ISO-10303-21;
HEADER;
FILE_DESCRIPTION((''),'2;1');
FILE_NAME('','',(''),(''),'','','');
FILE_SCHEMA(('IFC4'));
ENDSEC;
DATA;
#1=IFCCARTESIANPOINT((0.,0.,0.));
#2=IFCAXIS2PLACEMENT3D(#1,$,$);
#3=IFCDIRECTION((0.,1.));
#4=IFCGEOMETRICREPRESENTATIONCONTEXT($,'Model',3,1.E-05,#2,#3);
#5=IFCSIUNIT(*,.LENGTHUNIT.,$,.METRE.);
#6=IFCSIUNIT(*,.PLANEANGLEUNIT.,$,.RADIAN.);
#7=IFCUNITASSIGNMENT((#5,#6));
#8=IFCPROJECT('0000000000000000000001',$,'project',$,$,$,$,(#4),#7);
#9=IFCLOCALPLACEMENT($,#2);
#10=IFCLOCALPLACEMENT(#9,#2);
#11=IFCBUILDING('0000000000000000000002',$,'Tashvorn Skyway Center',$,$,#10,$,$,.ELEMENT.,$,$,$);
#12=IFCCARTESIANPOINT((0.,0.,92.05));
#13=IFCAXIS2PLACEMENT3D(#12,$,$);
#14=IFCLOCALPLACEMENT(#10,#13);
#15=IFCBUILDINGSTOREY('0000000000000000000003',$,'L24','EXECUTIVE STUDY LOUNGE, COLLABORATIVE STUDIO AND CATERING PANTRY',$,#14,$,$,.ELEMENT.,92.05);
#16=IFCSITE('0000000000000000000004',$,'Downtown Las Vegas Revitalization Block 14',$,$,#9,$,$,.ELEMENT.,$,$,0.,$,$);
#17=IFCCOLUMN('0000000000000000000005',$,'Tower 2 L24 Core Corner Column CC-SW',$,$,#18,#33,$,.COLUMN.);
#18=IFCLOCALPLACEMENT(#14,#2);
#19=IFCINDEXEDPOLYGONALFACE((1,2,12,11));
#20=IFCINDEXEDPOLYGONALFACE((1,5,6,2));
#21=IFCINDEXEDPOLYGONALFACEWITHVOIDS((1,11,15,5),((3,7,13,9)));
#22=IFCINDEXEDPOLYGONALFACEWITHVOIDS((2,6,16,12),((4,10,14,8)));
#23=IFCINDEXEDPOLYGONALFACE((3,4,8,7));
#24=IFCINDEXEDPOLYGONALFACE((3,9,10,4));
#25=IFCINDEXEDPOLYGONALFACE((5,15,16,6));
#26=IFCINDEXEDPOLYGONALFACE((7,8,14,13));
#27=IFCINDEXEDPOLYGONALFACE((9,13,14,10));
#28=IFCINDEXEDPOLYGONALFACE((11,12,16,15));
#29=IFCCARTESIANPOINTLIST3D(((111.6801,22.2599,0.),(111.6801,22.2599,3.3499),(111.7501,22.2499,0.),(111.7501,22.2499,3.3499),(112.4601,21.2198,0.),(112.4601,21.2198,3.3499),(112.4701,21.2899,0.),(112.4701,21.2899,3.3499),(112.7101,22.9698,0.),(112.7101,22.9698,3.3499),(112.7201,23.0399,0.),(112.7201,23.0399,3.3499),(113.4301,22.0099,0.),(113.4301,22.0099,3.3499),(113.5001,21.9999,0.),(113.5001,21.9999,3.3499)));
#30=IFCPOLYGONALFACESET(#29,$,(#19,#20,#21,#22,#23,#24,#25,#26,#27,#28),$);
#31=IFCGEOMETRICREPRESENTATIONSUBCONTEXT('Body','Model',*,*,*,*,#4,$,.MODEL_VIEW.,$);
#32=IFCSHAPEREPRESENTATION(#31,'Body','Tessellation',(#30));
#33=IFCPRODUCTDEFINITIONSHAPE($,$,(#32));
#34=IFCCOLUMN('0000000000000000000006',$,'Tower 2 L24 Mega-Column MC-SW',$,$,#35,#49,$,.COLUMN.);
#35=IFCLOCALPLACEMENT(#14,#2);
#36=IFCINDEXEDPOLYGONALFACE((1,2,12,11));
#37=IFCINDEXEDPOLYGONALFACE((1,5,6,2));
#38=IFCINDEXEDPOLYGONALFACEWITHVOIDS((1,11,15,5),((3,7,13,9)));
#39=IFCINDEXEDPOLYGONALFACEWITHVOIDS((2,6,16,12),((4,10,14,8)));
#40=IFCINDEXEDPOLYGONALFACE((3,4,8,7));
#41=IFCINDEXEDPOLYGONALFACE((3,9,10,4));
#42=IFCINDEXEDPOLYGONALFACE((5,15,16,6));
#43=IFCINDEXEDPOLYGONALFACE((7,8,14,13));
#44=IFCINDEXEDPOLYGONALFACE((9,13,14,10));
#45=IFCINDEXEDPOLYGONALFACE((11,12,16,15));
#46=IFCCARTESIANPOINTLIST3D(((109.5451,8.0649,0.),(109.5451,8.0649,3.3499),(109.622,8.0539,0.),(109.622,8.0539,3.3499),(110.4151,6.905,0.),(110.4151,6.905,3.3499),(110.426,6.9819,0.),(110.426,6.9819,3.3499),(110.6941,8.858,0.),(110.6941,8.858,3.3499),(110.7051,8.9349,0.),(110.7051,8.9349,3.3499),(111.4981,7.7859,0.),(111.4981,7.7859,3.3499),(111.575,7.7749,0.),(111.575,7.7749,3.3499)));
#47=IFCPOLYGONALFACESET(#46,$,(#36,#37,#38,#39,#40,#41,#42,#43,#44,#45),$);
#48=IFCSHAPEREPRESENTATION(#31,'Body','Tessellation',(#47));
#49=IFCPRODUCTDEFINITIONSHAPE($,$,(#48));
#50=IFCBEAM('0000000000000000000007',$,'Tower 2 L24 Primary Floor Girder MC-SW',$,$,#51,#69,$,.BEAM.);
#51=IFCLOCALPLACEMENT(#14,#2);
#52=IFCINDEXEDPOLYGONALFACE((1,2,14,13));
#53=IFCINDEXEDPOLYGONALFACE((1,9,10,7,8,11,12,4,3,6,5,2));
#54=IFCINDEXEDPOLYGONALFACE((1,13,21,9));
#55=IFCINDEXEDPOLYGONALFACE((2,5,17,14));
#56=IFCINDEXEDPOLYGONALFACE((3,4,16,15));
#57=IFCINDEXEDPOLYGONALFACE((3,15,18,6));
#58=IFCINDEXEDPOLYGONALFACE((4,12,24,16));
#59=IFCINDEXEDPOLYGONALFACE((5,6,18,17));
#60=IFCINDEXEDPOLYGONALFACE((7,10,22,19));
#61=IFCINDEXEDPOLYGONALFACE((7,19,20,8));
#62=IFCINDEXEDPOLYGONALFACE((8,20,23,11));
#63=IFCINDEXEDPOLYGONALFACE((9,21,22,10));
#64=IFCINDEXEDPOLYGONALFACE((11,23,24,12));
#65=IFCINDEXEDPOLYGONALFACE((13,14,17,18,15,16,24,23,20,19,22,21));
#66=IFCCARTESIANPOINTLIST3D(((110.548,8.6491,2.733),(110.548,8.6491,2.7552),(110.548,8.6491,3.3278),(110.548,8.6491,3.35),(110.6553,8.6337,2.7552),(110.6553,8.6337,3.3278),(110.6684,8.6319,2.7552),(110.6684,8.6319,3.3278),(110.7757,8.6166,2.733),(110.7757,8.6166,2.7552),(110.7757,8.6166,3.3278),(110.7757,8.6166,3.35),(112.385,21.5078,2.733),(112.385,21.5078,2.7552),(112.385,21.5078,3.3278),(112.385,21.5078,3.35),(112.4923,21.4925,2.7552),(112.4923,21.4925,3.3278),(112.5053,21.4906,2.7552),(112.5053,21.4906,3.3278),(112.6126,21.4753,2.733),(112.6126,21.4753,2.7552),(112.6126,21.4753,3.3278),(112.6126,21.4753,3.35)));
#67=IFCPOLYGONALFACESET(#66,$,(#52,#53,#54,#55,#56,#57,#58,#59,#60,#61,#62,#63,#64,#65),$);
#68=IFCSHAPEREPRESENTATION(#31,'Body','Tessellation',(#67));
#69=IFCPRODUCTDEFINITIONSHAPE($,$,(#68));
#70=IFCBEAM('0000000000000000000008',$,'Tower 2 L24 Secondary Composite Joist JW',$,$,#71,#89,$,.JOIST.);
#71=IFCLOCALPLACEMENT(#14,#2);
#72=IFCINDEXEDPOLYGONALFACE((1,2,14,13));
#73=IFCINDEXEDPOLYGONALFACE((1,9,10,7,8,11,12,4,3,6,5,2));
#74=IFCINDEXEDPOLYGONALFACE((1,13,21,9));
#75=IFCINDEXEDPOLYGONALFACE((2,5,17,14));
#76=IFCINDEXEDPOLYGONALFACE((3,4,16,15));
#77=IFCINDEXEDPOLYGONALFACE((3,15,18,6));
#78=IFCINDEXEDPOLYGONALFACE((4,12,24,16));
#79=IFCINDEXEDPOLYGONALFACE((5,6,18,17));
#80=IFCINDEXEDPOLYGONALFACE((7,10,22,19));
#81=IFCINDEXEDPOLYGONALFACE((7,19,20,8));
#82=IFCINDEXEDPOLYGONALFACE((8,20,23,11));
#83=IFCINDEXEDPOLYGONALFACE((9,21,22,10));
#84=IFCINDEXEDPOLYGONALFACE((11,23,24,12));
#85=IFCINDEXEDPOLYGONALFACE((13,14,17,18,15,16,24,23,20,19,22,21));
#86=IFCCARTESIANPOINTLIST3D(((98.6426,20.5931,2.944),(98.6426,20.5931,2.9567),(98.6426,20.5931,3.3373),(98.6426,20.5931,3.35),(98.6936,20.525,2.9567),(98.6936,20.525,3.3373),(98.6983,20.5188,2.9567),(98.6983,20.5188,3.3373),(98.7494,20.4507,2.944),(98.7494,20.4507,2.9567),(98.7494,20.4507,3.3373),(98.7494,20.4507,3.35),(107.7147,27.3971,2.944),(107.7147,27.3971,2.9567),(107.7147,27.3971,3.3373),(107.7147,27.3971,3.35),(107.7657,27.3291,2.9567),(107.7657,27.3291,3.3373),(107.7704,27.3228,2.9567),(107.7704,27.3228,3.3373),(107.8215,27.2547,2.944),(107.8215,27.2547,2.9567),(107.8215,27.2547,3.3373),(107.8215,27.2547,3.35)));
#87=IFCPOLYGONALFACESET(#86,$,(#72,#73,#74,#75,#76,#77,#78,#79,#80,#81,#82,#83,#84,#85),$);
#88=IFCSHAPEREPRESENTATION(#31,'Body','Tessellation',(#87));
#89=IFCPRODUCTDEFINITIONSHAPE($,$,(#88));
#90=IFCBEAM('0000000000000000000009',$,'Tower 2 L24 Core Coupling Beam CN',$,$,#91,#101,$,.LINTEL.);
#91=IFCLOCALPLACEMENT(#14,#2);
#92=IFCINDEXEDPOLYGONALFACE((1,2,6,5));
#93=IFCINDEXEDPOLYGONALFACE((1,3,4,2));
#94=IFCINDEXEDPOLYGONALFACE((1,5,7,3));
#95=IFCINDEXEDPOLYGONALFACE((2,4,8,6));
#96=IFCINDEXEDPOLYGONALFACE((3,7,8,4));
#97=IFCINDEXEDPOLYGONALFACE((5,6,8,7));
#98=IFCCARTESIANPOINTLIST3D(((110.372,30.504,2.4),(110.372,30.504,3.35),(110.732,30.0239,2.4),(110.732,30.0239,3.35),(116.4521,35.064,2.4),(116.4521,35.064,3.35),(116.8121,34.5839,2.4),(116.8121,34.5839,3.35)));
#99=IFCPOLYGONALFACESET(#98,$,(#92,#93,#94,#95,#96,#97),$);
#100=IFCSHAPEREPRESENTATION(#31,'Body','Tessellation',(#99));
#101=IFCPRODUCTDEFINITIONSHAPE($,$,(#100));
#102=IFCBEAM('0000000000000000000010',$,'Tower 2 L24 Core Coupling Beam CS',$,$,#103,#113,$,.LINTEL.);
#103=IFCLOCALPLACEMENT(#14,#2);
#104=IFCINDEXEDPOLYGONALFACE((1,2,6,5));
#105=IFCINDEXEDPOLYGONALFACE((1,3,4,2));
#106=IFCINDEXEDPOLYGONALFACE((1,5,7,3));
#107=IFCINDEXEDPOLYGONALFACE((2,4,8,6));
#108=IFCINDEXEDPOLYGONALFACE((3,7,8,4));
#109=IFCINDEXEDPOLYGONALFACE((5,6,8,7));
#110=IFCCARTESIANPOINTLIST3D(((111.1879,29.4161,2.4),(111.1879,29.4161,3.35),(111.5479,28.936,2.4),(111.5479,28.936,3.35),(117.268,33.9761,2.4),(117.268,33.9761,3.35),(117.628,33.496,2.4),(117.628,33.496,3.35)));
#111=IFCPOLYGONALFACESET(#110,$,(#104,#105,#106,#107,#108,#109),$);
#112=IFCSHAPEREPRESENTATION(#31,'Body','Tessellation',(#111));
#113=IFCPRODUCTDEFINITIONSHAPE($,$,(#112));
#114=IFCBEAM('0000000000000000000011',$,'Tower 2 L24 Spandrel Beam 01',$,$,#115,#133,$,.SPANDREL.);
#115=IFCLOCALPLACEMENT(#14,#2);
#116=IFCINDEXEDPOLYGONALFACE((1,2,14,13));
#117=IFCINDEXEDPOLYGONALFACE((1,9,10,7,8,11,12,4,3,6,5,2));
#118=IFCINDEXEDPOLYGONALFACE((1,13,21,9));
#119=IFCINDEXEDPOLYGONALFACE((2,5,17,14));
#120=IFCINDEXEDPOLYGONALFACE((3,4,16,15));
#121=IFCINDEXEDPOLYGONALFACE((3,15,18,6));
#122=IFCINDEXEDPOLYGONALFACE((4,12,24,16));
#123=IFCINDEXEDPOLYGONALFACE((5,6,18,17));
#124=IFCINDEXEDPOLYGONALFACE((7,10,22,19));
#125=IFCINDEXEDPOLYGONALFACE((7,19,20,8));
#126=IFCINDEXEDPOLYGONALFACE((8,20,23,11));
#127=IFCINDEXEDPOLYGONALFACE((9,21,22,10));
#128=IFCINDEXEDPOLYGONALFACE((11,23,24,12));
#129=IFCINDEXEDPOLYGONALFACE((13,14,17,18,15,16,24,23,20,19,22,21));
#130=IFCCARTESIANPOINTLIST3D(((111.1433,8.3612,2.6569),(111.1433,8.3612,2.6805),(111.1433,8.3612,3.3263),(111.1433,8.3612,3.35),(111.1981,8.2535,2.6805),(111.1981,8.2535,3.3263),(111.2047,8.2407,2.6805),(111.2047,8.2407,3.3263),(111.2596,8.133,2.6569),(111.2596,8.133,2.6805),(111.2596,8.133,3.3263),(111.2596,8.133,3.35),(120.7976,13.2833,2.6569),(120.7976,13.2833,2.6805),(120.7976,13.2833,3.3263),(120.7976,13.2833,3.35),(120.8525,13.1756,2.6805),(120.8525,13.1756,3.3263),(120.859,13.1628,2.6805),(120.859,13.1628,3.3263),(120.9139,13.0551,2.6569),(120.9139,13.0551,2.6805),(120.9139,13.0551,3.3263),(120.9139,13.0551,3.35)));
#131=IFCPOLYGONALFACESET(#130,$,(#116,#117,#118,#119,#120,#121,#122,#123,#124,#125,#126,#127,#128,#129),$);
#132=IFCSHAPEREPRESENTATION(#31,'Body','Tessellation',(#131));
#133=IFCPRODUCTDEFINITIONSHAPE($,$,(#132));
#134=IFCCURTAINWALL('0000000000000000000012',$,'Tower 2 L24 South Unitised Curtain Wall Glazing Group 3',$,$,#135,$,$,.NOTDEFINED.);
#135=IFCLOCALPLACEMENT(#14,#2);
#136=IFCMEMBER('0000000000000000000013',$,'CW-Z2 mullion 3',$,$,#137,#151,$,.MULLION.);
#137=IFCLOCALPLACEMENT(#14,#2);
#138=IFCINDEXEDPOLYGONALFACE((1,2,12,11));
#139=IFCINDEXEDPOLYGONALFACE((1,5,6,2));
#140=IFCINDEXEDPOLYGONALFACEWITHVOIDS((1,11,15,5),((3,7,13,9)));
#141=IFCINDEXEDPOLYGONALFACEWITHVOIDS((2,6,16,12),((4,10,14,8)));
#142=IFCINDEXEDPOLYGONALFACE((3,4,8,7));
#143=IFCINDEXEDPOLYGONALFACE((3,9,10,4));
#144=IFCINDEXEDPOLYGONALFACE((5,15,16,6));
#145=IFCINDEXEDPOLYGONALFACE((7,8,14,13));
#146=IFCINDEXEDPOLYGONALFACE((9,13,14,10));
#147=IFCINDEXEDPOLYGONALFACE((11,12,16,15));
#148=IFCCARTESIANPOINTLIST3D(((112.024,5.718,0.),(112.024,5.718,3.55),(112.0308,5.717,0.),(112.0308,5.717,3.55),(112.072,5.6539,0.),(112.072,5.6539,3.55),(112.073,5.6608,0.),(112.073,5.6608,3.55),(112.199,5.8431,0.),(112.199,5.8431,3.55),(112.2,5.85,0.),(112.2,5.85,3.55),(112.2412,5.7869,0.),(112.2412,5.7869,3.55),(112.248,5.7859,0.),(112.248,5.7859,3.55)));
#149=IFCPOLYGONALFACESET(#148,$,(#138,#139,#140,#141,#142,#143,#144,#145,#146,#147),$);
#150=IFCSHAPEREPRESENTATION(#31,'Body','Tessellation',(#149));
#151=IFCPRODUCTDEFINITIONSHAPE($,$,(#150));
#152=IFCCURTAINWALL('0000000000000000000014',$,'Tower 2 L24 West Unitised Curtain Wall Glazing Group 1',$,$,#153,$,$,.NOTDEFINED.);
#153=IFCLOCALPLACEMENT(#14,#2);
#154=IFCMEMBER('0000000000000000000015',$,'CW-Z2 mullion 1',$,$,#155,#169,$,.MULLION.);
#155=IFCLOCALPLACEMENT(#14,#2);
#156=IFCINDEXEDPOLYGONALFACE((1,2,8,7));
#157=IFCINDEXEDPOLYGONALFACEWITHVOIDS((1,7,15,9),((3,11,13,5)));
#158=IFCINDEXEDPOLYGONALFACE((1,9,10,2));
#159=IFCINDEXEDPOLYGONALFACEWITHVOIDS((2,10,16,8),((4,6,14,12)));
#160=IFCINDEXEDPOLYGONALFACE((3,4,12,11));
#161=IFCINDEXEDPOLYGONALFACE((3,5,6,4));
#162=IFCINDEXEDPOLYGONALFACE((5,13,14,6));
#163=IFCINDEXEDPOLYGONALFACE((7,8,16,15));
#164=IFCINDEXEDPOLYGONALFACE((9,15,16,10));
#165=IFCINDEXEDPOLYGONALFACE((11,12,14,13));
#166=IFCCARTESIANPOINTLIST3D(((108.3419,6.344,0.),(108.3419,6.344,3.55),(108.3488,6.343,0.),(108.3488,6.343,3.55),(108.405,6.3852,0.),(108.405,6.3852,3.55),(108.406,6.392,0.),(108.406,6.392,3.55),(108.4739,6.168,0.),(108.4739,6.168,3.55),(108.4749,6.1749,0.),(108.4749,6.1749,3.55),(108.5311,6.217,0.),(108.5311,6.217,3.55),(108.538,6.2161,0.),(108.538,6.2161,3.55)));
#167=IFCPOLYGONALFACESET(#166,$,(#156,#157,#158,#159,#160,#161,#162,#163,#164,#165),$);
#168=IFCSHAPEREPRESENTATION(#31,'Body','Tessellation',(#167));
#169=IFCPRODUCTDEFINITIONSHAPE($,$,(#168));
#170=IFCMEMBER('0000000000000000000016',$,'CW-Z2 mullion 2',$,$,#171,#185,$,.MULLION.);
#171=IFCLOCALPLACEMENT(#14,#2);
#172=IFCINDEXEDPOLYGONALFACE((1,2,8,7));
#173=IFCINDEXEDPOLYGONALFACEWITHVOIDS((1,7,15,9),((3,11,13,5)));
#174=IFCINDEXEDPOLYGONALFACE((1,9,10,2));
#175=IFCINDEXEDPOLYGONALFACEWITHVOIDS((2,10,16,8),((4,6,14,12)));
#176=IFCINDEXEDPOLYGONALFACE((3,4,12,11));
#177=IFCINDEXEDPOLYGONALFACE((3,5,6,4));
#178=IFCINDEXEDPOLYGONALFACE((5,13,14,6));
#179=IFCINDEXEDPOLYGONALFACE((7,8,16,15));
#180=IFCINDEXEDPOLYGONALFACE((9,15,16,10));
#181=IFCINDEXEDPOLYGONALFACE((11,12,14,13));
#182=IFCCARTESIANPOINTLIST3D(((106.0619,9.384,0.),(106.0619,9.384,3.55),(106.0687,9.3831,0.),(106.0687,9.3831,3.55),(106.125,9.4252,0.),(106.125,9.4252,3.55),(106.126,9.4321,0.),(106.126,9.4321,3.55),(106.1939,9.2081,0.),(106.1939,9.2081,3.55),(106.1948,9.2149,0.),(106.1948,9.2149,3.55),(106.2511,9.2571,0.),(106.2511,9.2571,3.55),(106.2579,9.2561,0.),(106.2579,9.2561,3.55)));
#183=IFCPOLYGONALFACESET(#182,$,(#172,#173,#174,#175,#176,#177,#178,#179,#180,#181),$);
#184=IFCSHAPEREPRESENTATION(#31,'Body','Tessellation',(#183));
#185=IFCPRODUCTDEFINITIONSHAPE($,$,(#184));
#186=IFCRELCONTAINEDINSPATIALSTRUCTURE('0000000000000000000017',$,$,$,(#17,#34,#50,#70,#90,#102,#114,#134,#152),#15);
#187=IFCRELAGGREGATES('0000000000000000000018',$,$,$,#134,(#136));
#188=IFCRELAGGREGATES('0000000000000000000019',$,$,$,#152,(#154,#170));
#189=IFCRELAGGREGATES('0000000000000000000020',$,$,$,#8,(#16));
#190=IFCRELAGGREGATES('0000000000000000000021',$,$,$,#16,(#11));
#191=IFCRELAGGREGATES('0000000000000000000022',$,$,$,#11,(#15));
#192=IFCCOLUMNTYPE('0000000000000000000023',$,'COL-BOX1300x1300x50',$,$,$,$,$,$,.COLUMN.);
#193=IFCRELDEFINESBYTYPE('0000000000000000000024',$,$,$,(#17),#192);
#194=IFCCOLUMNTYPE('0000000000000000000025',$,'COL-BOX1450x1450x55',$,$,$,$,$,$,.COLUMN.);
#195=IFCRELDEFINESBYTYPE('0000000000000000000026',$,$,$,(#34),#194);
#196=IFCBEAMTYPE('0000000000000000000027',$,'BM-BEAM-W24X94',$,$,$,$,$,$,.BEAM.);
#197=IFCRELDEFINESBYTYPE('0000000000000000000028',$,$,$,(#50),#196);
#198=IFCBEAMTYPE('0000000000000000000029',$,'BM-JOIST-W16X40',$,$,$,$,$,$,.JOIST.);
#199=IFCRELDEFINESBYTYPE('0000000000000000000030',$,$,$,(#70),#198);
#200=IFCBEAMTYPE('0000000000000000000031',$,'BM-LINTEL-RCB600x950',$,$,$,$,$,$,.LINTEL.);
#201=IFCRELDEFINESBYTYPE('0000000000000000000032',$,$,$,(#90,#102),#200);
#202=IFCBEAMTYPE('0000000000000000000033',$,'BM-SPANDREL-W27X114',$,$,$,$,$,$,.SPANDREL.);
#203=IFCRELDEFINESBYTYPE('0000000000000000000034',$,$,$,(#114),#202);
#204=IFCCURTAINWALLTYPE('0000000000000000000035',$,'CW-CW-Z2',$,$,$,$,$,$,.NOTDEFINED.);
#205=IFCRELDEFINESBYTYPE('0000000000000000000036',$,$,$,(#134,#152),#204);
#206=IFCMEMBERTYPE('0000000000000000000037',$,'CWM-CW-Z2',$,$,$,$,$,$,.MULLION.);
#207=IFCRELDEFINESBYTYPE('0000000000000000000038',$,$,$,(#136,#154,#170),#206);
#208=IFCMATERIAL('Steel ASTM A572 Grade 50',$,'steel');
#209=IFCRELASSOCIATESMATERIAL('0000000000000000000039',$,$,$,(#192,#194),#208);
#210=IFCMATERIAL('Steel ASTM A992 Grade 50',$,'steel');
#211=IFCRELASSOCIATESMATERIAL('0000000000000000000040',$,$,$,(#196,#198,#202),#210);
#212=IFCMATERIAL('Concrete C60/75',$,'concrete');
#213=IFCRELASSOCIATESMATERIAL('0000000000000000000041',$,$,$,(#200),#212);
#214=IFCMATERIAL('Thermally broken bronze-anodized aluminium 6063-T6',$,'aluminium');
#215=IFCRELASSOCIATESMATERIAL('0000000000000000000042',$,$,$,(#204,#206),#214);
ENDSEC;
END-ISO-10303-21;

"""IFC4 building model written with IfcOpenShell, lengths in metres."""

from ifc_helpers import new_model, si_unit, direction, frame, origin, origin_2d, place, context, subcontext, project, spatial, rectangle, hollow_rectangle, i_section, extrude, material, material_profile, profile_set, type_object, element, aggregate, save


model = new_model("IFC4")

# Units and contexts
model_context = context("Model", 3, precision=1e-05, world=origin(), true_north=direction((0.0, 1.0)))
body_context = subcontext(model_context, "Body", "Model", "MODEL_VIEW")
ifc_project = project(units=[si_unit("LENGTHUNIT", "METRE"), si_unit("PLANEANGLEUNIT", "RADIAN")], contexts=[model_context])

# Site, building, storey
site_placement = place(None, origin())
site = spatial("IfcSite", under=ifc_project, at=site_placement, Name="Downtown Las Vegas Revitalization Block 14", CompositionType="ELEMENT", RefElevation=0.0)
building_placement = place(site_placement, origin())
building = spatial("IfcBuilding", under=site, at=building_placement, Name="Tashvorn Skyway Center", CompositionType="ELEMENT")
storey_placement = place(building_placement, frame((0.0, 0.0, 92.05)))
storey = spatial("IfcBuildingStorey", under=building, at=storey_placement, Name="L24", Description="EXECUTIVE STUDY LOUNGE, COLLABORATIVE STUDIO AND CATERING PANTRY", CompositionType="ELEMENT", Elevation=92.05)

# Columns
ifc_material_1 = material(Name="Steel ASTM A572 Grade 50", Category="steel")
ifc_material_profile_1 = material_profile(ifc_material_1, hollow_rectangle(XDim=1.3, YDim=1.3, WallThickness=0.05, at=origin_2d()), Name="BOX1300x1300x50")
ifc_profile_set_1 = profile_set([ifc_material_profile_1], Name="Steel ASTM A572 Grade 50")
column_type_1 = type_object("IfcColumnType", Name="COL-BOX1300x1300x50", PredefinedType="COLUMN", material=ifc_profile_set_1)
column_1_placement = place(storey_placement, frame((112.5901, 22.1299, 0.0), z_axis=(0.0, 0.0, 1.0), x_axis=(0.8, 0.6, 0.0)))
element("IfcColumn", 1, at=column_1_placement, inside=storey, type_object=column_type_1, Name="Tower 2 L24 Core Corner Column CC-SW", PredefinedType="COLUMN", context=body_context, shape_type="SweptSolid", body=[
    extrude(hollow_rectangle(XDim=1.3, YDim=1.3, WallThickness=0.05, at=origin_2d()), origin(), (0.0, 0.0, 1.0), 3.3499),
])
ifc_material_profile_2 = material_profile(ifc_material_1, hollow_rectangle(XDim=1.45, YDim=1.45, WallThickness=0.0549, at=origin_2d()), Name="BOX1450x1450x55")
ifc_profile_set_2 = profile_set([ifc_material_profile_2], Name="Steel ASTM A572 Grade 50")
column_type_2 = type_object("IfcColumnType", Name="COL-BOX1450x1450x55", PredefinedType="COLUMN", material=ifc_profile_set_2)
column_2_placement = place(storey_placement, frame((110.5601, 7.9199, 0.0), z_axis=(0.0, 0.0, 1.0), x_axis=(0.8, 0.6, 0.0)))
element("IfcColumn", 2, at=column_2_placement, inside=storey, type_object=column_type_2, Name="Tower 2 L24 Mega-Column MC-SW", PredefinedType="COLUMN", context=body_context, shape_type="SweptSolid", body=[
    extrude(hollow_rectangle(XDim=1.45, YDim=1.45, WallThickness=0.0549, at=origin_2d()), origin(), (0.0, 0.0, 1.0), 3.3499),
])

# Beams
ifc_material_2 = material(Name="Steel ASTM A992 Grade 50", Category="steel")
ifc_material_profile_3 = material_profile(ifc_material_2, i_section(OverallWidth=0.23, OverallDepth=0.6169, WebThickness=0.0132, FlangeThickness=0.0222, at=origin_2d()), Name="W24X94")
ifc_profile_set_3 = profile_set([ifc_material_profile_3], Name="Steel ASTM A992 Grade 50")
beam_type_1 = type_object("IfcBeamType", Name="BM-BEAM-W24X94", PredefinedType="BEAM", material=ifc_profile_set_3)
beam_1_placement = place(storey_placement, frame((110.6619, 8.6328, 3.0415), z_axis=(0.141419, 0.98995, 0.0), x_axis=(-0.98995, 0.141419, 0.0)))
element("IfcBeam", 3, at=beam_1_placement, inside=storey, type_object=beam_type_1, Name="Tower 2 L24 Primary Floor Girder MC-SW", PredefinedType="BEAM", context=body_context, shape_type="SweptSolid", body=[
    extrude(i_section(OverallWidth=0.23, OverallDepth=0.6169, WebThickness=0.0132, FlangeThickness=0.0222, at=origin_2d()), origin(), (0.0, 0.0, 1.0), 12.9893),
])
ifc_material_profile_4 = material_profile(ifc_material_2, i_section(OverallWidth=0.178, OverallDepth=0.406, WebThickness=0.0078, FlangeThickness=0.0127, at=origin_2d()), Name="W16X40")
ifc_profile_set_4 = profile_set([ifc_material_profile_4], Name="Steel ASTM A992 Grade 50")
beam_type_2 = type_object("IfcBeamType", Name="BM-JOIST-W16X40", PredefinedType="JOIST", material=ifc_profile_set_4)
beam_2_placement = place(storey_placement, frame((107.7681, 27.3259, 3.147), z_axis=(-0.800003, -0.599997, 0.0), x_axis=(0.599997, -0.800003, 0.0)))
element("IfcBeam", 4, at=beam_2_placement, inside=storey, type_object=beam_type_2, Name="Tower 2 L24 Secondary Composite Joist JW", PredefinedType="JOIST", context=body_context, shape_type="SweptSolid", body=[
    extrude(i_section(OverallWidth=0.178, OverallDepth=0.406, WebThickness=0.0078, FlangeThickness=0.0127, at=origin_2d()), origin(), (0.0, 0.0, 1.0), 11.3401),
])
ifc_material_3 = material(Name="Concrete C60/75", Category="concrete")
ifc_material_profile_5 = material_profile(ifc_material_3, rectangle(XDim=0.6001, YDim=0.95, at=origin_2d()), Name="RCB600x950")
ifc_profile_set_5 = profile_set([ifc_material_profile_5], Name="Concrete C60/75")
beam_type_3 = type_object("IfcBeamType", Name="BM-LINTEL-RCB600x950", PredefinedType="LINTEL", material=ifc_profile_set_5)
for number, where, z_axis, x_axis, name in (
    (5, (110.552, 30.2639, 2.875), (0.8, 0.6, 0.0), (-0.6, 0.8, 0.0), "Tower 2 L24 Core Coupling Beam CN"),
    (6, (111.3679, 29.176, 2.875), (0.8, 0.6, 0.0), (-0.6, 0.8, 0.0), "Tower 2 L24 Core Coupling Beam CS"),
):
    element("IfcBeam", number, at=place(storey_placement, frame(where, z_axis=z_axis, x_axis=x_axis)), inside=storey, type_object=beam_type_3, Name=name, PredefinedType="LINTEL", context=body_context, shape_type="SweptSolid", body=[
        extrude(rectangle(XDim=0.6001, YDim=0.95, at=origin_2d()), origin(), (0.0, 0.0, 1.0), 7.6001),
    ])
ifc_material_profile_6 = material_profile(ifc_material_2, i_section(OverallWidth=0.2561, OverallDepth=0.6931, WebThickness=0.0144, FlangeThickness=0.0237, at=origin_2d()), Name="W27X114")
ifc_profile_set_6 = profile_set([ifc_material_profile_6], Name="Steel ASTM A992 Grade 50")
beam_type_4 = type_object("IfcBeamType", Name="BM-SPANDREL-W27X114", PredefinedType="SPANDREL", material=ifc_profile_set_6)
beam_3_placement = place(storey_placement, frame((111.2014, 8.2471, 3.0034), z_axis=(0.890894, 0.454211, 0.0), x_axis=(-0.454211, 0.890894, 0.0)))
element("IfcBeam", 7, at=beam_3_placement, inside=storey, type_object=beam_type_4, Name="Tower 2 L24 Spandrel Beam 01", PredefinedType="SPANDREL", context=body_context, shape_type="SweptSolid", body=[
    extrude(i_section(OverallWidth=0.2561, OverallDepth=0.6931, WebThickness=0.0144, FlangeThickness=0.0237, at=origin_2d()), origin(), (0.0, 0.0, 1.0), 10.8367),
])

# Curtain wall, member
ifc_material_4 = material(Name="Thermally broken bronze-anodized aluminium 6063-T6", Category="aluminium")
curtain_wall_type = type_object("IfcCurtainWallType", Name="CW-CW-Z2", PredefinedType="NOTDEFINED", material=ifc_material_4)
curtain_wall_1_placement = place(storey_placement, origin())
curtain_wall_1 = element("IfcCurtainWall", 8, at=curtain_wall_1_placement, inside=storey, type_object=curtain_wall_type, Name="Tower 2 L24 South Unitised Curtain Wall Glazing Group 3", PredefinedType="NOTDEFINED")
ifc_material_profile_7 = material_profile(ifc_material_4, hollow_rectangle(XDim=0.0801, YDim=0.22, WallThickness=0.0049, at=origin_2d()), Name="ALU-MULL-80x220")
ifc_profile_set_7 = profile_set([ifc_material_profile_7], Name="Thermally broken bronze-anodized aluminium 6063-T6")
member_type_1 = type_object("IfcMemberType", Name="CWM-CW-Z2", PredefinedType="MULLION", material=ifc_profile_set_7)
member_1_placement = place(storey_placement, frame((112.136, 5.752, 0.0), z_axis=(0.0, 0.0, 1.0), x_axis=(0.6, -0.8, 0.0)))
member_1 = element("IfcMember", 9, at=member_1_placement, type_object=member_type_1, Name="CW-Z2 mullion 3", PredefinedType="MULLION", context=body_context, shape_type="SweptSolid", body=[
    extrude(hollow_rectangle(XDim=0.0801, YDim=0.22, WallThickness=0.0049, at=origin_2d()), origin(), (0.0, 0.0, 1.0), 3.55),
])

# Curtain wall, members
curtain_wall_2_placement = place(storey_placement, origin())
curtain_wall_2 = element("IfcCurtainWall", 10, at=curtain_wall_2_placement, inside=storey, type_object=curtain_wall_type, Name="Tower 2 L24 West Unitised Curtain Wall Glazing Group 1", PredefinedType="NOTDEFINED")
member_2_placement = place(storey_placement, frame((108.4399, 6.28, 0.0), z_axis=(0.0, 0.0, 1.0), x_axis=(-0.8, -0.6, 0.0)))
member_2 = element("IfcMember", 11, at=member_2_placement, type_object=member_type_1, Name="CW-Z2 mullion 1", PredefinedType="MULLION", context=body_context, shape_type="SweptSolid", body=[
    extrude(hollow_rectangle(XDim=0.0801, YDim=0.22, WallThickness=0.0049, at=origin_2d()), origin(), (0.0, 0.0, 1.0), 3.55),
])
member_3_placement = place(storey_placement, frame((106.1599, 9.3201, 0.0), z_axis=(0.0, 0.0, 1.0), x_axis=(-0.8, -0.6, 0.0)))
member_3 = element("IfcMember", 12, at=member_3_placement, type_object=member_type_1, Name="CW-Z2 mullion 2", PredefinedType="MULLION", context=body_context, shape_type="SweptSolid", body=[
    extrude(hollow_rectangle(XDim=0.0801, YDim=0.22, WallThickness=0.0049, at=origin_2d()), origin(), (0.0, 0.0, 1.0), 3.55),
])

aggregate(curtain_wall_1, [member_1])
aggregate(curtain_wall_2, [member_2, member_3])

save(model, "model.ifc")
